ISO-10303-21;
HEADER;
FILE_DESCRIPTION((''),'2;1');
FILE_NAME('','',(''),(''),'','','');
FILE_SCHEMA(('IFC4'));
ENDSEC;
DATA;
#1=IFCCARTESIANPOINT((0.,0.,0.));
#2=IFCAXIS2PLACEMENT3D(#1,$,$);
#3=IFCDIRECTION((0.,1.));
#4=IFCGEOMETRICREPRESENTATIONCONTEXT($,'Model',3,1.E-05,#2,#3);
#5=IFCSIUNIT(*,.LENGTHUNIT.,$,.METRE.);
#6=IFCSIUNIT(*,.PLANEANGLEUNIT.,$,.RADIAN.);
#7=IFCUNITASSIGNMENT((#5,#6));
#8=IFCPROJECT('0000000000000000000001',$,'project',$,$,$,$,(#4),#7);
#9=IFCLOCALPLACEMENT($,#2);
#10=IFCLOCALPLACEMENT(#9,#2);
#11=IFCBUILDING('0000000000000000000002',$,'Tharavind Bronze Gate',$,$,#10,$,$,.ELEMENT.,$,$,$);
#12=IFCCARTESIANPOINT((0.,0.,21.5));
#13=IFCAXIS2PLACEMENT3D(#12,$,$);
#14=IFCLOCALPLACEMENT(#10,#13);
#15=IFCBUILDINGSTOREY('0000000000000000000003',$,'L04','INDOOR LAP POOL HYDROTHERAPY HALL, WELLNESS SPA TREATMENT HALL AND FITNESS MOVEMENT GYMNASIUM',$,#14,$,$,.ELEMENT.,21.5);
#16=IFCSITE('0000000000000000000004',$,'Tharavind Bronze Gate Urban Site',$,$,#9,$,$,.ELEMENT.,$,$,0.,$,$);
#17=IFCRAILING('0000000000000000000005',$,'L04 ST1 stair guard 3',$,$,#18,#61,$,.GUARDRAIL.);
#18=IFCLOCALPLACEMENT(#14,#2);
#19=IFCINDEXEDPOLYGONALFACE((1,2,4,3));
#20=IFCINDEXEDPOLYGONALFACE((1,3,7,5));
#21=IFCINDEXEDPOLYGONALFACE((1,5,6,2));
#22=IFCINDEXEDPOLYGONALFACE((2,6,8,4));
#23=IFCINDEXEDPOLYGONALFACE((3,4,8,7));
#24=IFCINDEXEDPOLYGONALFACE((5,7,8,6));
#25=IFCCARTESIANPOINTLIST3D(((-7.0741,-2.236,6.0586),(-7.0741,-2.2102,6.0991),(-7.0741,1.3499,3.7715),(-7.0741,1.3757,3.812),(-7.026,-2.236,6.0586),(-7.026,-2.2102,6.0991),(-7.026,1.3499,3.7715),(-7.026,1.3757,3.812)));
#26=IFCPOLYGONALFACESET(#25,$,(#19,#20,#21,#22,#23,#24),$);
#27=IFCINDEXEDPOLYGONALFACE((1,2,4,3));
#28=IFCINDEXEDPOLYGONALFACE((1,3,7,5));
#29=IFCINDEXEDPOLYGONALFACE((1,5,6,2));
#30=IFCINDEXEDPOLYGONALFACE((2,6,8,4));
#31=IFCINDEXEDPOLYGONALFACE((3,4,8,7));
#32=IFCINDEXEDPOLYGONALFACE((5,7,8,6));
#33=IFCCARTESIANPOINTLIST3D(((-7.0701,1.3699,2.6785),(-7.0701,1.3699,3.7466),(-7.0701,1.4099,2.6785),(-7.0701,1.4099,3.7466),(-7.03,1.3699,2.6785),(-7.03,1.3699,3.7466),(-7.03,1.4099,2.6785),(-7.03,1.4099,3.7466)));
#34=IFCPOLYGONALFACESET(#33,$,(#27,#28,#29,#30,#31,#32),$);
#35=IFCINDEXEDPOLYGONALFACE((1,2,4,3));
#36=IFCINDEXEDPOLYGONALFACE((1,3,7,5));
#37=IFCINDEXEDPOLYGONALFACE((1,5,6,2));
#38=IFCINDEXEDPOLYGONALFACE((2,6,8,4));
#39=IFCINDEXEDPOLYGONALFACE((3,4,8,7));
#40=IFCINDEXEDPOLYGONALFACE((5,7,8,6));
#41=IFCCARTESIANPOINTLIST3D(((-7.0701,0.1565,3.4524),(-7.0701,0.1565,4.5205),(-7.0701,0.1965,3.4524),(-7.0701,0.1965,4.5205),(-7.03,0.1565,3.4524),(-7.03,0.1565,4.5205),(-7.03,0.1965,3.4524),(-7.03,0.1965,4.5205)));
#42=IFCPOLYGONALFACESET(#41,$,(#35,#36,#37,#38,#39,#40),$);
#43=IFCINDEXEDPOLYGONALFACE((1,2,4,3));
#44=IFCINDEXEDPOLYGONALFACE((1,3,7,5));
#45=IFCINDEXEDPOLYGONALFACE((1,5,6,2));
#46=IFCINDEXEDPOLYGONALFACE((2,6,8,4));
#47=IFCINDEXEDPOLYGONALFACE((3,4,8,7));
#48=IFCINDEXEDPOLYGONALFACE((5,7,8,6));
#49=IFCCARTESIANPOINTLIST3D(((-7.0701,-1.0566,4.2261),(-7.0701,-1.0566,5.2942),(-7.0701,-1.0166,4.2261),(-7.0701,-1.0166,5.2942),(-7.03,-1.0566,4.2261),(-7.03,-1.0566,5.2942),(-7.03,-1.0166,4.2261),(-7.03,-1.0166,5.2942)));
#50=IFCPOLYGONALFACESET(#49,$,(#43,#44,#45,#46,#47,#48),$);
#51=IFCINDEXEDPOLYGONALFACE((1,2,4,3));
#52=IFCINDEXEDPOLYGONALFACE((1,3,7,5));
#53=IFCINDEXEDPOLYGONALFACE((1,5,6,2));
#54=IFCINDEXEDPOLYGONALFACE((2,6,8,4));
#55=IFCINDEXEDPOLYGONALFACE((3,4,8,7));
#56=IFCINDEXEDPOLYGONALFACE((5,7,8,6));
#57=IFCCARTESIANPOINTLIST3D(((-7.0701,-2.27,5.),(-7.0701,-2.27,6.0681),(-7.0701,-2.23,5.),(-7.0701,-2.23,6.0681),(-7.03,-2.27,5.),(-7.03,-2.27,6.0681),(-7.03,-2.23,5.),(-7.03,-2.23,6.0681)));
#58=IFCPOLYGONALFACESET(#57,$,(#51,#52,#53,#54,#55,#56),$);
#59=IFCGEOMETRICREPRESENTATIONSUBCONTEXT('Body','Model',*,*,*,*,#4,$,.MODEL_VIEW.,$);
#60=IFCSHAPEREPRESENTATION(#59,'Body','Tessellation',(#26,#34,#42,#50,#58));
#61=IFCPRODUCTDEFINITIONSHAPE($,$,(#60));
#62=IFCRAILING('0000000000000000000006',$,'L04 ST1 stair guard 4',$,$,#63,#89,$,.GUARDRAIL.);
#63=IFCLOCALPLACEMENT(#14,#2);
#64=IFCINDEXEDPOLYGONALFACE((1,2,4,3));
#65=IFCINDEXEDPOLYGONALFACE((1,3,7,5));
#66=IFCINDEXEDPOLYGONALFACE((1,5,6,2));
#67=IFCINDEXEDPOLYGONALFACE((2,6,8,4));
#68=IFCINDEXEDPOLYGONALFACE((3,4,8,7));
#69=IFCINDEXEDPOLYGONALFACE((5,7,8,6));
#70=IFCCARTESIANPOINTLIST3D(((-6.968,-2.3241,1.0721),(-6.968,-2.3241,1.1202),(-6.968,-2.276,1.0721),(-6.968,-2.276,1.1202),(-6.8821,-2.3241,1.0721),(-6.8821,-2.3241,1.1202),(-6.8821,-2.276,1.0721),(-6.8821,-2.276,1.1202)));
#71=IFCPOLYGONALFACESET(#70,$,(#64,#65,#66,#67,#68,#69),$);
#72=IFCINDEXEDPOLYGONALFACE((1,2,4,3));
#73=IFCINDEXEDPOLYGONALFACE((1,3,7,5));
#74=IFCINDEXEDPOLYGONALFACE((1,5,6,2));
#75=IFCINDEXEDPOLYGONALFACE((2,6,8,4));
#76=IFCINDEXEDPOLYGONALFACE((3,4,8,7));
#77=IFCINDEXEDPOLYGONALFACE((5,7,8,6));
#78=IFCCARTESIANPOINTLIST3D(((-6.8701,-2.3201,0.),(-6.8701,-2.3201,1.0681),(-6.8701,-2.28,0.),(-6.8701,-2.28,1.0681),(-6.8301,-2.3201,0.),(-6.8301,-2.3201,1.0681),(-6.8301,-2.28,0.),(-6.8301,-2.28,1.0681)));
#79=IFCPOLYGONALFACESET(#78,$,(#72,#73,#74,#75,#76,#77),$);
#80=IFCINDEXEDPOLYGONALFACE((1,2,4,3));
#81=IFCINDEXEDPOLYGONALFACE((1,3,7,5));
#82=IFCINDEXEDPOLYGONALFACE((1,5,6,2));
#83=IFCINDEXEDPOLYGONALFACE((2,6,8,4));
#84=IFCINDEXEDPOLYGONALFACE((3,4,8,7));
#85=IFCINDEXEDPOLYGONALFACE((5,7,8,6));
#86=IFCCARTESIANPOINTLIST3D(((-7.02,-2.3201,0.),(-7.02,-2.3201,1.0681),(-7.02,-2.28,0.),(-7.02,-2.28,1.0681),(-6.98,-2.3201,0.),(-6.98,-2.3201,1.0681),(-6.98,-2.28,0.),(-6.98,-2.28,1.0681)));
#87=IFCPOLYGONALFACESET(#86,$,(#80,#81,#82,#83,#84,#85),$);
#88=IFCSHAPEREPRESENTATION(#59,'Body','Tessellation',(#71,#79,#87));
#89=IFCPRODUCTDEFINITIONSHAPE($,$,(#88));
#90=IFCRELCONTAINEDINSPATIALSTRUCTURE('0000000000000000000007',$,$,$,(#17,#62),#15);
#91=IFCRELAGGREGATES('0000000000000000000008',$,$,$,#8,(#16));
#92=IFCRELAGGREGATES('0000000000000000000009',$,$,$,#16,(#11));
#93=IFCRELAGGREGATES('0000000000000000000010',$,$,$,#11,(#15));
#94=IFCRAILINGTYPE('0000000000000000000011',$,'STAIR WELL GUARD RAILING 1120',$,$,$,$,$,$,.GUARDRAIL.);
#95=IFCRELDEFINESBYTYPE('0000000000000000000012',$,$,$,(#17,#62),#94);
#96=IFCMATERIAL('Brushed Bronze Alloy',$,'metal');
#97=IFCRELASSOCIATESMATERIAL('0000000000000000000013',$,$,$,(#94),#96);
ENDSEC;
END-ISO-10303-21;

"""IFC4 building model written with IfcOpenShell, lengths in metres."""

from ifc_helpers import new_model, si_unit, direction, frame, origin, origin_2d, place, context, subcontext, project, spatial, rectangle, extrude, material, type_object, element, save


model = new_model("IFC4")

# Units and contexts
model_context = context("Model", 3, precision=1e-05, world=origin(), true_north=direction((0.0, 1.0)))
body_context = subcontext(model_context, "Body", "Model", "MODEL_VIEW")
ifc_project = project(units=[si_unit("LENGTHUNIT", "METRE"), si_unit("PLANEANGLEUNIT", "RADIAN")], contexts=[model_context])

# Site, building, storey
site_placement = place(None, origin())
site = spatial("IfcSite", under=ifc_project, at=site_placement, Name="Tharavind Bronze Gate Urban Site", CompositionType="ELEMENT", RefElevation=0.0)
building_placement = place(site_placement, origin())
building = spatial("IfcBuilding", under=site, at=building_placement, Name="Tharavind Bronze Gate", CompositionType="ELEMENT")
storey_placement = place(building_placement, frame((0.0, 0.0, 21.5)))
storey = spatial("IfcBuildingStorey", under=building, at=storey_placement, Name="L04", Description="INDOOR LAP POOL HYDROTHERAPY HALL, WELLNESS SPA TREATMENT HALL AND FITNESS MOVEMENT GYMNASIUM", CompositionType="ELEMENT", Elevation=21.5)

# Railings
ifc_material_1 = material(Name="Brushed Bronze Alloy", Category="metal")
railing_type_1 = type_object("IfcRailingType", Name="STAIR WELL GUARD RAILING 1120", PredefinedType="GUARDRAIL", material=ifc_material_1)
railing_1_placement = place(storey_placement, frame((-7.05, 1.3899, 2.6785)))
element("IfcRailing", 1, at=railing_1_placement, inside=storey, type_object=railing_type_1, Name="L04 ST1 stair guard 3", PredefinedType="GUARDRAIL", context=body_context, shape_type="SweptSolid", body=[
    extrude(rectangle(XDim=0.0481, YDim=0.0481, at=origin_2d()), frame((0.0, -0.0271, 1.1133), z_axis=(0.0, -0.843112, 0.537739), x_axis=(1.0, 0.0, 0.0)), (0.0, 0.0, 1.0), 4.2532),
    extrude(rectangle(XDim=0.04, YDim=0.04, at=origin_2d()), origin(), (0.0, 0.0, 1.0), 1.0681),
    extrude(rectangle(XDim=0.04, YDim=0.04, at=origin_2d()), frame((0.0, -1.2134, 0.7739)), (0.0, 0.0, 1.0), 1.0681),
    extrude(rectangle(XDim=0.04, YDim=0.04, at=origin_2d()), frame((0.0, -2.4265, 1.5476)), (0.0, 0.0, 1.0), 1.0681),
    extrude(rectangle(XDim=0.04, YDim=0.04, at=origin_2d()), frame((0.0, -3.6399, 2.3215)), (0.0, 0.0, 1.0), 1.0681),
])
railing_2_placement = place(storey_placement, frame((-6.8501, -2.3, 0.0)))
element("IfcRailing", 2, at=railing_2_placement, inside=storey, type_object=railing_type_1, Name="L04 ST1 stair guard 4", PredefinedType="GUARDRAIL", context=body_context, shape_type="SweptSolid", body=[
    extrude(rectangle(XDim=0.0481, YDim=0.0481, at=origin_2d()), frame((-0.032, 0.0, 1.0962), z_axis=(-1.0, 0.0, 0.0), x_axis=(0.0, -1.0, 0.0)), (0.0, 0.0, 1.0), 0.0859),
    extrude(rectangle(XDim=0.04, YDim=0.04, at=origin_2d()), origin(), (0.0, 0.0, 1.0), 1.0681),
    extrude(rectangle(XDim=0.04, YDim=0.04, at=origin_2d()), frame((-0.1499, 0.0, 0.0)), (0.0, 0.0, 1.0), 1.0681),
])

save(model, "model.ifc")
